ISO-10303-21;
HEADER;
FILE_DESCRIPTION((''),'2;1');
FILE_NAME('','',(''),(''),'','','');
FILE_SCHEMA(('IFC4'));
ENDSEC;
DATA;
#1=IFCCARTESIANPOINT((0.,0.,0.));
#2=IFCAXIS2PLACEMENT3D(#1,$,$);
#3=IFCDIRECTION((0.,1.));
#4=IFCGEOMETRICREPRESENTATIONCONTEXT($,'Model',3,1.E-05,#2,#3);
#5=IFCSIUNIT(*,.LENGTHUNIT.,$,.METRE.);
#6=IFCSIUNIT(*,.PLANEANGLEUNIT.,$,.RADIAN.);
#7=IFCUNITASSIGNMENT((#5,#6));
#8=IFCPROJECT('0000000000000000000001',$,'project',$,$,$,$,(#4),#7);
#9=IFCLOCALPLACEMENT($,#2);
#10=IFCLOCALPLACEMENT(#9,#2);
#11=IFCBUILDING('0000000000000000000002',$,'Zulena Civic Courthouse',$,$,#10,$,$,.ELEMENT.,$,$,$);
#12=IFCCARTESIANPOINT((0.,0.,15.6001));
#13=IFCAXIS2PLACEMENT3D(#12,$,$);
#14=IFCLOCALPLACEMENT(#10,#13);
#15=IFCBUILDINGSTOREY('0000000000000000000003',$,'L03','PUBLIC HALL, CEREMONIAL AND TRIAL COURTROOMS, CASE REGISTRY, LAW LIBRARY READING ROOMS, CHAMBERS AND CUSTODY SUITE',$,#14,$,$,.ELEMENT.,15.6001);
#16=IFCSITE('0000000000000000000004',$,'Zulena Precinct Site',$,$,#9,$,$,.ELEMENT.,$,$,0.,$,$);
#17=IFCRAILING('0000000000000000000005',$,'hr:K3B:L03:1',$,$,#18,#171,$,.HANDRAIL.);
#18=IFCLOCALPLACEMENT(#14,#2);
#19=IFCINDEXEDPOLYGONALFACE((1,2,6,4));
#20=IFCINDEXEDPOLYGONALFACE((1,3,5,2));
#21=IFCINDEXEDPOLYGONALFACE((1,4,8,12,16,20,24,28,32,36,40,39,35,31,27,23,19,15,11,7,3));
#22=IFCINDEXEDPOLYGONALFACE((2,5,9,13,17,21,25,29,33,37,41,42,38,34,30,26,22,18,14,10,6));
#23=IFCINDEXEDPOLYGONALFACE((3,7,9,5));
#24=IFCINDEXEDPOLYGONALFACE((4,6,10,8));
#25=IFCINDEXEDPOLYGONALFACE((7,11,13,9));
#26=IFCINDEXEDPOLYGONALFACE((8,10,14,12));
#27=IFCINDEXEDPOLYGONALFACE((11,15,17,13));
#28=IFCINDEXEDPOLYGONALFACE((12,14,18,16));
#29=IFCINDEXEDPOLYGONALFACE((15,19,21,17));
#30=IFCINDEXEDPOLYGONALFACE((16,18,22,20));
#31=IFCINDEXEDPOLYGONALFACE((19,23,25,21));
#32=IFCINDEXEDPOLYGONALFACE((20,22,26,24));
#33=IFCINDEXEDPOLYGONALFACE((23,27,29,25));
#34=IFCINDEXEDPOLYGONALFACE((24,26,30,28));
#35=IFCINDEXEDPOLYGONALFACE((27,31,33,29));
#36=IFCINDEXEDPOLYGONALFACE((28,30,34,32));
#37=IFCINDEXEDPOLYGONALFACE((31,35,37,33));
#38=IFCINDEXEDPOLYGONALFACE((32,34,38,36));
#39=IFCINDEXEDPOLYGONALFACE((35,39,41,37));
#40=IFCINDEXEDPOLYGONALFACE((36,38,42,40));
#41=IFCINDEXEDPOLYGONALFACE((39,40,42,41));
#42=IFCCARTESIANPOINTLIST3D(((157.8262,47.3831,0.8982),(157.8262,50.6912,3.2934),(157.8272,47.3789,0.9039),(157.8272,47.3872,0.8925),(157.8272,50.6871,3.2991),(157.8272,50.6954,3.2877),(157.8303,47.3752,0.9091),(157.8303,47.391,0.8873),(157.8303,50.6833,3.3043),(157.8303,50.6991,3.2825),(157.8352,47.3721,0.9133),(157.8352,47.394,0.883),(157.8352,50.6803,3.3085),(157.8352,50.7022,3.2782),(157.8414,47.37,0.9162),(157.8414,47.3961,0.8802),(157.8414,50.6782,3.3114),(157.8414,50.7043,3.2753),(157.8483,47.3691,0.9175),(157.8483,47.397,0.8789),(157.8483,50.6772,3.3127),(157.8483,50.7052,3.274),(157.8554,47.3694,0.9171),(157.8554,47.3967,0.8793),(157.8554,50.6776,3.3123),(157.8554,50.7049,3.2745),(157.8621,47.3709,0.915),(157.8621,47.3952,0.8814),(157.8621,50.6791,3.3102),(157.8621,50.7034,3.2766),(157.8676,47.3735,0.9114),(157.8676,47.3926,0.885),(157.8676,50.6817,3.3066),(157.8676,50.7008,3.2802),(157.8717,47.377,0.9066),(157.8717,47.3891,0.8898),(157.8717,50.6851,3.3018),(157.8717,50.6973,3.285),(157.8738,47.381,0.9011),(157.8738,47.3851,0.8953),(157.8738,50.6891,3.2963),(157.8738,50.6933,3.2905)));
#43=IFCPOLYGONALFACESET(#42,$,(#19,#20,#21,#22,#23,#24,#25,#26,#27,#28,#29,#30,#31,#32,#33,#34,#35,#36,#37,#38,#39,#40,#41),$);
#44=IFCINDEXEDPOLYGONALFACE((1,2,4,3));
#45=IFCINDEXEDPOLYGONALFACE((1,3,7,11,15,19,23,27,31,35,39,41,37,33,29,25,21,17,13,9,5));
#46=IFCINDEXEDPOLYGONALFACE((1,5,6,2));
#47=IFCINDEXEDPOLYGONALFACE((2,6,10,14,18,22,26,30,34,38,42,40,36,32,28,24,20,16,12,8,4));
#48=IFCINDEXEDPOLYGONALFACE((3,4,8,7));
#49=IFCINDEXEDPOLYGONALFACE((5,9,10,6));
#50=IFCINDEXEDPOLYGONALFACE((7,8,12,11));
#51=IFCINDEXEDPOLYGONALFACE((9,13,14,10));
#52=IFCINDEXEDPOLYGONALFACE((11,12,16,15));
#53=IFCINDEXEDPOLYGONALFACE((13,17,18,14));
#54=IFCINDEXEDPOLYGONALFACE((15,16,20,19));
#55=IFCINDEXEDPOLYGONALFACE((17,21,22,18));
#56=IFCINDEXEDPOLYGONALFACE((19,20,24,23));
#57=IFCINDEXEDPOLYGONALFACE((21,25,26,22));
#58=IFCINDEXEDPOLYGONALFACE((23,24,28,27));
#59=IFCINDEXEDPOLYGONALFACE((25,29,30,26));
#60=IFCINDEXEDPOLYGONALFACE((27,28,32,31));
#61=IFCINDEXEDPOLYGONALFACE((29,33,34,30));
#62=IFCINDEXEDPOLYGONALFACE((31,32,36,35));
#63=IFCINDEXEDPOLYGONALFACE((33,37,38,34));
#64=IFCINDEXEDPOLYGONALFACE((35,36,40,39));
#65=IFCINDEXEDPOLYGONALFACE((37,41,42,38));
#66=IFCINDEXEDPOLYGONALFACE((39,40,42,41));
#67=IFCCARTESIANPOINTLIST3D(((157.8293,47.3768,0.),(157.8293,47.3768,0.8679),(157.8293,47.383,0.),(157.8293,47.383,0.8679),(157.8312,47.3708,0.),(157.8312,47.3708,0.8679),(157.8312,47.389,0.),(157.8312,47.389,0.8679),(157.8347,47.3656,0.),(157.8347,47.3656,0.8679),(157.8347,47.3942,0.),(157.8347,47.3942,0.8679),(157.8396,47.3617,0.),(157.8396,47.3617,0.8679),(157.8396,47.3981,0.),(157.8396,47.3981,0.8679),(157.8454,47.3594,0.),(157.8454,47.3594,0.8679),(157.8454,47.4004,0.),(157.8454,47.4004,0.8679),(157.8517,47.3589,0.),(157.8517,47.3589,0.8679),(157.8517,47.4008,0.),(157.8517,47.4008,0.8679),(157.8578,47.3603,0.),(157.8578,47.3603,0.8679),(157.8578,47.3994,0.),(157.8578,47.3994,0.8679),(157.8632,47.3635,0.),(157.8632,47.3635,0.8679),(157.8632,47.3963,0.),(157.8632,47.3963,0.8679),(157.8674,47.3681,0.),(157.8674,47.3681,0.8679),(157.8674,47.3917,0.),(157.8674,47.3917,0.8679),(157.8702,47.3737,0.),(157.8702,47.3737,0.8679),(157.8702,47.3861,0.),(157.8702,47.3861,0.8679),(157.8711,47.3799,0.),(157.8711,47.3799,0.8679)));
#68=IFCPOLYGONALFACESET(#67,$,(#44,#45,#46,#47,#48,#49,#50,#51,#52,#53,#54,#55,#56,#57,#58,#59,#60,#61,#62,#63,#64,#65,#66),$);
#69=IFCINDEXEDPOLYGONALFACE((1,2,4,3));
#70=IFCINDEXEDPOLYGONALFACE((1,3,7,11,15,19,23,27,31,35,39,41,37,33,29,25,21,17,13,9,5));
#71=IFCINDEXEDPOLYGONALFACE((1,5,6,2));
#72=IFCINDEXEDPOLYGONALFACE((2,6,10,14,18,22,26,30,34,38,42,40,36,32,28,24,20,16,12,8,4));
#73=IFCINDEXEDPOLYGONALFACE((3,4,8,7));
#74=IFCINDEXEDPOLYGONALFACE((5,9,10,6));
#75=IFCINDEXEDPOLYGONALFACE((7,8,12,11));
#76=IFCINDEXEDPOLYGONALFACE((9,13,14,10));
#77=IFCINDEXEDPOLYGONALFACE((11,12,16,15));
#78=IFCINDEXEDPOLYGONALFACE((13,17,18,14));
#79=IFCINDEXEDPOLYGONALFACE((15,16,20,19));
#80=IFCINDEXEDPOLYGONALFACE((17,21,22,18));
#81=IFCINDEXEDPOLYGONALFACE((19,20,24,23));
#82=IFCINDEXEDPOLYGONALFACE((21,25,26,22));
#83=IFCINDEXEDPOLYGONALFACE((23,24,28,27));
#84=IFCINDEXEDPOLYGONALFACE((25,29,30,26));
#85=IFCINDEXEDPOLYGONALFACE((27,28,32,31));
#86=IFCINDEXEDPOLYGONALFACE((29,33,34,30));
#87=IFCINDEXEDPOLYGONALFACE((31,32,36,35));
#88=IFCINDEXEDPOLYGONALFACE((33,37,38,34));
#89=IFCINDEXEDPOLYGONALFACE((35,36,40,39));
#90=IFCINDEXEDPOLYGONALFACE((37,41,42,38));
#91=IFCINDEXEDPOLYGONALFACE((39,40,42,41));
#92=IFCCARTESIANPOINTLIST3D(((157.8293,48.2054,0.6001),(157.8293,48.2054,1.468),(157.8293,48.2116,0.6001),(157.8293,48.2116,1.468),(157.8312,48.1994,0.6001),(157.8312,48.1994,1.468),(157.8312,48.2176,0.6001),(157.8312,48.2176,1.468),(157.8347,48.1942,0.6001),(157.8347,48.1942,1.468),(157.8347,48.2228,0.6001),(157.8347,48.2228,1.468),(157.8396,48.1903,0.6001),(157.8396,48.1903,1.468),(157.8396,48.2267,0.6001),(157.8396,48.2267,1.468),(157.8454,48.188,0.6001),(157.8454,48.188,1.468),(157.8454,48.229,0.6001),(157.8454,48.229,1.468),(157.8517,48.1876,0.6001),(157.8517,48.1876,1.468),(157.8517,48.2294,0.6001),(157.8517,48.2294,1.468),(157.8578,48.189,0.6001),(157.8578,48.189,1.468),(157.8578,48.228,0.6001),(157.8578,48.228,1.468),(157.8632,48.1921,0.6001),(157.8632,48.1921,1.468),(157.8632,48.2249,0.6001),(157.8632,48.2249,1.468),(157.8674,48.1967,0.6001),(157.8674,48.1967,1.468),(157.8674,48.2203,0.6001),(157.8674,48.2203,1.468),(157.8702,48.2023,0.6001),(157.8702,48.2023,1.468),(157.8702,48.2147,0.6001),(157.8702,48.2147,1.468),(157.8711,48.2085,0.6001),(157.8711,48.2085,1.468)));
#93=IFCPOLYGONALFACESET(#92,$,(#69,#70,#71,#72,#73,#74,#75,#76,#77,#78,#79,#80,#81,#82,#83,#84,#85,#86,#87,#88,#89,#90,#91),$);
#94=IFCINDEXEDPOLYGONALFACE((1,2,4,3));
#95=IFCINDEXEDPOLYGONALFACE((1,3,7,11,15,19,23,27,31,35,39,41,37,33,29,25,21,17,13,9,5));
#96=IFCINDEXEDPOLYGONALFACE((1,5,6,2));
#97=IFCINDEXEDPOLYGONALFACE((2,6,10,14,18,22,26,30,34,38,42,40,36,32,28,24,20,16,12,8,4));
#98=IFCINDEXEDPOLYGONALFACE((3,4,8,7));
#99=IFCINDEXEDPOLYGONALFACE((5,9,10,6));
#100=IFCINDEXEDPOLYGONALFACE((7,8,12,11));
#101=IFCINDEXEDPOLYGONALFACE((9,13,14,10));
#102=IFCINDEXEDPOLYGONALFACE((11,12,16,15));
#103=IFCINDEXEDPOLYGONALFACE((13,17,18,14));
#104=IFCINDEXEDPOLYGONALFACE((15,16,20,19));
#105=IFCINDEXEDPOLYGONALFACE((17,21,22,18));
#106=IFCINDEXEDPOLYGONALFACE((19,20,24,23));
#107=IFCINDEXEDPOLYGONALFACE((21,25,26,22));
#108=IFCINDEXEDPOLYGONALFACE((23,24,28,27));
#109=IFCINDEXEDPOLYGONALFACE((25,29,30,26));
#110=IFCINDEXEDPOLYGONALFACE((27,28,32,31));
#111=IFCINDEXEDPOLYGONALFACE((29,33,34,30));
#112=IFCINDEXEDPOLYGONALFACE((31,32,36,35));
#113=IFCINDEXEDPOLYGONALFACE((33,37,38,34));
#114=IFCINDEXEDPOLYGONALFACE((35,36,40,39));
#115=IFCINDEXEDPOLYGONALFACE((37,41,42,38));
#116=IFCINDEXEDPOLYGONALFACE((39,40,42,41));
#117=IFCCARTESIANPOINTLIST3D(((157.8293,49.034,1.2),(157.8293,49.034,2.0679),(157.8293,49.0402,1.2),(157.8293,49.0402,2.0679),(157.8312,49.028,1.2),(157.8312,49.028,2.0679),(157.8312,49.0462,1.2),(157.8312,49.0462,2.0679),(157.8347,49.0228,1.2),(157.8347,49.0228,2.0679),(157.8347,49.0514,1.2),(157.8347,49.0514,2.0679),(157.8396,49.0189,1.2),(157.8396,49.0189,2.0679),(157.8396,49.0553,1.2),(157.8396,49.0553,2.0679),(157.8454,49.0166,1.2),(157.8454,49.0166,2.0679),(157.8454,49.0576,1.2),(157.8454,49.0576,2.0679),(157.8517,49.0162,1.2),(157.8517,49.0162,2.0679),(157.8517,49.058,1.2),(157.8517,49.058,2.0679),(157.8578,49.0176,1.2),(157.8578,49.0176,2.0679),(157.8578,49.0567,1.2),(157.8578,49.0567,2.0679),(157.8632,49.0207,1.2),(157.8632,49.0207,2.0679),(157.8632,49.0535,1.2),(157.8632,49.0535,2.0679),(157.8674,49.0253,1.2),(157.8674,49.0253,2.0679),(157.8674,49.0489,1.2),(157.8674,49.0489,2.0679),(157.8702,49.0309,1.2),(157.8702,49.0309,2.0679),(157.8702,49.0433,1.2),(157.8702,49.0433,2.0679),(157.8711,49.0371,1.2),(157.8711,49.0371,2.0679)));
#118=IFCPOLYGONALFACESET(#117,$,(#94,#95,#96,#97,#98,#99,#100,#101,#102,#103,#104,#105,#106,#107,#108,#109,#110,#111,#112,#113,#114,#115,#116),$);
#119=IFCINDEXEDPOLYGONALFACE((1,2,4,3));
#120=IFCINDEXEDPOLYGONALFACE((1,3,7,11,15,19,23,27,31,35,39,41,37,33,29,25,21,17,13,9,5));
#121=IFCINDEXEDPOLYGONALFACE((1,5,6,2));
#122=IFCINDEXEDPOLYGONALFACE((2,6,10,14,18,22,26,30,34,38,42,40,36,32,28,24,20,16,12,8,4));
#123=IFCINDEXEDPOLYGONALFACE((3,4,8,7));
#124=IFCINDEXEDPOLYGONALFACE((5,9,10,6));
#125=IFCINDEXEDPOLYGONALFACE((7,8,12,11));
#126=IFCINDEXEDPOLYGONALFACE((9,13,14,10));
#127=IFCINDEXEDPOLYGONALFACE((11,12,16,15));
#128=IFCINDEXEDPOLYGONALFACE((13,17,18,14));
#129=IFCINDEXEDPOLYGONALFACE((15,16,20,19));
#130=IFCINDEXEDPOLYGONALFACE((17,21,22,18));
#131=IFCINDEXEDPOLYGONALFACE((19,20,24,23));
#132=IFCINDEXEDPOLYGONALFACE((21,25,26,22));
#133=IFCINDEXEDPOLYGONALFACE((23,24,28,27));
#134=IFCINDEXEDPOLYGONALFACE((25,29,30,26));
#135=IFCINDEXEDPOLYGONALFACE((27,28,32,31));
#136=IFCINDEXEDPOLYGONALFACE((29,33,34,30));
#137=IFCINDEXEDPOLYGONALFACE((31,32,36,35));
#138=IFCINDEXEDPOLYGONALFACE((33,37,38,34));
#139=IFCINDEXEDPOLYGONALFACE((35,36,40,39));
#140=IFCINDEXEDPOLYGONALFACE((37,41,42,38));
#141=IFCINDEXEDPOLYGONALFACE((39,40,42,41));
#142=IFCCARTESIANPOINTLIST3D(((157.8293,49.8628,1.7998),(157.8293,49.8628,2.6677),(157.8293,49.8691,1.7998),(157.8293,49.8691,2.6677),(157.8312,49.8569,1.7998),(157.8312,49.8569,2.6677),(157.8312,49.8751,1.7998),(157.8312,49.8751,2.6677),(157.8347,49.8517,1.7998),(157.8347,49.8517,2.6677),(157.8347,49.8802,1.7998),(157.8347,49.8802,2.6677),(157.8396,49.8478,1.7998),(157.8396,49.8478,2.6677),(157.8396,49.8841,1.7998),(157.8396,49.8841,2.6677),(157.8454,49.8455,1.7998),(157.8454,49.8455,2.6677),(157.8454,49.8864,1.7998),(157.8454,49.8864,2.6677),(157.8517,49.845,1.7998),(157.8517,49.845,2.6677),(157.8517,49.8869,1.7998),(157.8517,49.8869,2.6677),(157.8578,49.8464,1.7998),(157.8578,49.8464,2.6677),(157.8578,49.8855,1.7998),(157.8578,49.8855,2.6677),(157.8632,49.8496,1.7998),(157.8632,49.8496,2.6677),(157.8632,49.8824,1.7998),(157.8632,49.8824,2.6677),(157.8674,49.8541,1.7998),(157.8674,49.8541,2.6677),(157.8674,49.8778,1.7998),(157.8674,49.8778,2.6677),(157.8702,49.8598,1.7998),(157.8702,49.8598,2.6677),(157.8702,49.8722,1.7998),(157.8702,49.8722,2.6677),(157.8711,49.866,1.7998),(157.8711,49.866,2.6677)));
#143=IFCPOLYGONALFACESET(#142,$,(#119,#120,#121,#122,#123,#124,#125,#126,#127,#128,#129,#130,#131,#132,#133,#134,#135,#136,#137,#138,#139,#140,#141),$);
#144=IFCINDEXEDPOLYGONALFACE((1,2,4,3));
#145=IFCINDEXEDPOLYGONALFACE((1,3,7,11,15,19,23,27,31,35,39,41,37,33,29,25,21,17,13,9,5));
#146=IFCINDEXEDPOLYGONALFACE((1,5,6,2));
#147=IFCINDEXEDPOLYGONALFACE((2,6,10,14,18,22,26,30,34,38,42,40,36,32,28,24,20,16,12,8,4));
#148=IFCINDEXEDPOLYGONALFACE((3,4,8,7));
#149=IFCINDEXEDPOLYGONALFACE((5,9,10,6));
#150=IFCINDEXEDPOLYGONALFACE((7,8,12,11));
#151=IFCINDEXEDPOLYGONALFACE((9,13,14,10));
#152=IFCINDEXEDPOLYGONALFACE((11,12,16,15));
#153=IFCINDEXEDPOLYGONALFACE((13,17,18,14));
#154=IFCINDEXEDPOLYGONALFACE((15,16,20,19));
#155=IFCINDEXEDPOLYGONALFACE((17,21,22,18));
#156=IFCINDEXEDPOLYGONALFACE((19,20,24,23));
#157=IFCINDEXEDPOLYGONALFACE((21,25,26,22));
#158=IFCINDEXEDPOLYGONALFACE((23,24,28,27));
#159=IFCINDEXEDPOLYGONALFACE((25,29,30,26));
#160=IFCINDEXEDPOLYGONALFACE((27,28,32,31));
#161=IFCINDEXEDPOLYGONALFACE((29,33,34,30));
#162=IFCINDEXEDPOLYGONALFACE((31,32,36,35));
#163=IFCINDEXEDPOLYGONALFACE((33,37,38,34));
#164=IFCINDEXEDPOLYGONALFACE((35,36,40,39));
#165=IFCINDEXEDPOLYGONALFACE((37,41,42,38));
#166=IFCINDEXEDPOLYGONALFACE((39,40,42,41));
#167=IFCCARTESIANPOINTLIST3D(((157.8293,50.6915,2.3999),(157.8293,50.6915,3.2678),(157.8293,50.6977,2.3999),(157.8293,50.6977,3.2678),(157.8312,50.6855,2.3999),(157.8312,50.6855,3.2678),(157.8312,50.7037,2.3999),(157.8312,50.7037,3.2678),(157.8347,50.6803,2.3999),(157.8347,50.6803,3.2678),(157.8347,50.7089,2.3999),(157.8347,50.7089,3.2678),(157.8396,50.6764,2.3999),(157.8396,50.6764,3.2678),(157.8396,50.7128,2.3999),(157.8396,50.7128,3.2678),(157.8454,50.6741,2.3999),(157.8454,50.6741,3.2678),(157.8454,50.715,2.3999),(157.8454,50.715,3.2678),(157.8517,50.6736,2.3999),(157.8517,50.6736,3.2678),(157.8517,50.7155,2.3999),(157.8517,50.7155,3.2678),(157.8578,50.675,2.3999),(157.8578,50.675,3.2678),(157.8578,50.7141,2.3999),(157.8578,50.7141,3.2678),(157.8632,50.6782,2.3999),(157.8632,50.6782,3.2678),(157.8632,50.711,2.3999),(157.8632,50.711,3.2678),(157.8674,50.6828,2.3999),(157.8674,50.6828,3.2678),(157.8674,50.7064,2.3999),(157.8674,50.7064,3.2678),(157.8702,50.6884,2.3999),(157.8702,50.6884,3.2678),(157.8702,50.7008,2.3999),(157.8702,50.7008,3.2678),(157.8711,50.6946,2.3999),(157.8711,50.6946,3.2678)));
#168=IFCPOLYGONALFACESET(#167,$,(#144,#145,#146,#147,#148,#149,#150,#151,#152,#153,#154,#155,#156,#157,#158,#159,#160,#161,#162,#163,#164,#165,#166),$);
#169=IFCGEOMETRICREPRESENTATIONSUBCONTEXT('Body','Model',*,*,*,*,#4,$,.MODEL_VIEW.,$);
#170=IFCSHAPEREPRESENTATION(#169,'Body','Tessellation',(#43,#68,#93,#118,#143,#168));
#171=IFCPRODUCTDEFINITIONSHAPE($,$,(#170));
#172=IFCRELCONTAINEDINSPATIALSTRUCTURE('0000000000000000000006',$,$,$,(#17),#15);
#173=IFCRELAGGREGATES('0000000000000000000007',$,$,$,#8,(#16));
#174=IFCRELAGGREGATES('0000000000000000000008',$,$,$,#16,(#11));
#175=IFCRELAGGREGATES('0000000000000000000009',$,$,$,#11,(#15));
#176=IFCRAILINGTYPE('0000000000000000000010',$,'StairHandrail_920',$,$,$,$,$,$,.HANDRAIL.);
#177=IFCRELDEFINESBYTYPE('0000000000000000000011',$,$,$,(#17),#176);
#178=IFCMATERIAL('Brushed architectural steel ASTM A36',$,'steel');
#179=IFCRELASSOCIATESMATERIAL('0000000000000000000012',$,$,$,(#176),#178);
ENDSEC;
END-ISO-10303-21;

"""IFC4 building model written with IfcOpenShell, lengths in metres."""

from ifc_helpers import new_model, si_unit, direction, frame, origin, origin_2d, place, context, subcontext, project, spatial, circle, extrude, material, type_object, element, save


model = new_model("IFC4")

# Units and contexts
model_context = context("Model", 3, precision=1e-05, world=origin(), true_north=direction((0.0, 1.0)))
body_context = subcontext(model_context, "Body", "Model", "MODEL_VIEW")
ifc_project = project(units=[si_unit("LENGTHUNIT", "METRE"), si_unit("PLANEANGLEUNIT", "RADIAN")], contexts=[model_context])

# Site, building, storey
site_placement = place(None, origin())
site = spatial("IfcSite", under=ifc_project, at=site_placement, Name="Zulena Precinct Site", CompositionType="ELEMENT", RefElevation=0.0)
building_placement = place(site_placement, origin())
building = spatial("IfcBuilding", under=site, at=building_placement, Name="Zulena Civic Courthouse", CompositionType="ELEMENT")
storey_placement = place(building_placement, frame((0.0, 0.0, 15.6001)))
storey = spatial("IfcBuildingStorey", under=building, at=storey_placement, Name="L03", Description="PUBLIC HALL, CEREMONIAL AND TRIAL COURTROOMS, CASE REGISTRY, LAW LIBRARY READING ROOMS, CHAMBERS AND CUSTODY SUITE", CompositionType="ELEMENT", Elevation=15.6001)

# Shared definitions
ifc_material_1 = material(Name="Brushed architectural steel ASTM A36", Category="steel")

# Railing
railing_type_1 = type_object("IfcRailingType", Name="StairHandrail_920", PredefinedType="HANDRAIL", material=ifc_material_1)
railing_1_placement = place(storey_placement, frame((157.8501, 47.3799, 0.0)))
element("IfcRailing", 1, at=railing_1_placement, inside=storey, type_object=railing_type_1, Name="hr:K3B:L03:1", PredefinedType="HANDRAIL", context=body_context, shape_type="SweptSolid", body=[
    extrude(circle(Radius=0.0239, at=origin_2d()), frame((0.0, 0.0032, 0.8982), z_axis=(0.0, 0.809988, 0.586446), x_axis=(-1.0, 0.0, 0.0)), (0.0, 0.0, 1.0), 4.0842),
    extrude(circle(Radius=0.021, at=origin_2d()), origin(), (0.0, 0.0, 1.0), 0.8679),
    extrude(circle(Radius=0.021, at=origin_2d()), frame((0.0, 0.8286, 0.6001)), (0.0, 0.0, 1.0), 0.8679),
    extrude(circle(Radius=0.021, at=origin_2d()), frame((0.0, 1.6572, 1.2)), (0.0, 0.0, 1.0), 0.8679),
    extrude(circle(Radius=0.021, at=origin_2d()), frame((0.0, 2.4861, 1.7998)), (0.0, 0.0, 1.0), 0.8679),
    extrude(circle(Radius=0.021, at=origin_2d()), frame((0.0, 3.3147, 2.3999)), (0.0, 0.0, 1.0), 0.8679),
])

save(model, "model.ifc")
